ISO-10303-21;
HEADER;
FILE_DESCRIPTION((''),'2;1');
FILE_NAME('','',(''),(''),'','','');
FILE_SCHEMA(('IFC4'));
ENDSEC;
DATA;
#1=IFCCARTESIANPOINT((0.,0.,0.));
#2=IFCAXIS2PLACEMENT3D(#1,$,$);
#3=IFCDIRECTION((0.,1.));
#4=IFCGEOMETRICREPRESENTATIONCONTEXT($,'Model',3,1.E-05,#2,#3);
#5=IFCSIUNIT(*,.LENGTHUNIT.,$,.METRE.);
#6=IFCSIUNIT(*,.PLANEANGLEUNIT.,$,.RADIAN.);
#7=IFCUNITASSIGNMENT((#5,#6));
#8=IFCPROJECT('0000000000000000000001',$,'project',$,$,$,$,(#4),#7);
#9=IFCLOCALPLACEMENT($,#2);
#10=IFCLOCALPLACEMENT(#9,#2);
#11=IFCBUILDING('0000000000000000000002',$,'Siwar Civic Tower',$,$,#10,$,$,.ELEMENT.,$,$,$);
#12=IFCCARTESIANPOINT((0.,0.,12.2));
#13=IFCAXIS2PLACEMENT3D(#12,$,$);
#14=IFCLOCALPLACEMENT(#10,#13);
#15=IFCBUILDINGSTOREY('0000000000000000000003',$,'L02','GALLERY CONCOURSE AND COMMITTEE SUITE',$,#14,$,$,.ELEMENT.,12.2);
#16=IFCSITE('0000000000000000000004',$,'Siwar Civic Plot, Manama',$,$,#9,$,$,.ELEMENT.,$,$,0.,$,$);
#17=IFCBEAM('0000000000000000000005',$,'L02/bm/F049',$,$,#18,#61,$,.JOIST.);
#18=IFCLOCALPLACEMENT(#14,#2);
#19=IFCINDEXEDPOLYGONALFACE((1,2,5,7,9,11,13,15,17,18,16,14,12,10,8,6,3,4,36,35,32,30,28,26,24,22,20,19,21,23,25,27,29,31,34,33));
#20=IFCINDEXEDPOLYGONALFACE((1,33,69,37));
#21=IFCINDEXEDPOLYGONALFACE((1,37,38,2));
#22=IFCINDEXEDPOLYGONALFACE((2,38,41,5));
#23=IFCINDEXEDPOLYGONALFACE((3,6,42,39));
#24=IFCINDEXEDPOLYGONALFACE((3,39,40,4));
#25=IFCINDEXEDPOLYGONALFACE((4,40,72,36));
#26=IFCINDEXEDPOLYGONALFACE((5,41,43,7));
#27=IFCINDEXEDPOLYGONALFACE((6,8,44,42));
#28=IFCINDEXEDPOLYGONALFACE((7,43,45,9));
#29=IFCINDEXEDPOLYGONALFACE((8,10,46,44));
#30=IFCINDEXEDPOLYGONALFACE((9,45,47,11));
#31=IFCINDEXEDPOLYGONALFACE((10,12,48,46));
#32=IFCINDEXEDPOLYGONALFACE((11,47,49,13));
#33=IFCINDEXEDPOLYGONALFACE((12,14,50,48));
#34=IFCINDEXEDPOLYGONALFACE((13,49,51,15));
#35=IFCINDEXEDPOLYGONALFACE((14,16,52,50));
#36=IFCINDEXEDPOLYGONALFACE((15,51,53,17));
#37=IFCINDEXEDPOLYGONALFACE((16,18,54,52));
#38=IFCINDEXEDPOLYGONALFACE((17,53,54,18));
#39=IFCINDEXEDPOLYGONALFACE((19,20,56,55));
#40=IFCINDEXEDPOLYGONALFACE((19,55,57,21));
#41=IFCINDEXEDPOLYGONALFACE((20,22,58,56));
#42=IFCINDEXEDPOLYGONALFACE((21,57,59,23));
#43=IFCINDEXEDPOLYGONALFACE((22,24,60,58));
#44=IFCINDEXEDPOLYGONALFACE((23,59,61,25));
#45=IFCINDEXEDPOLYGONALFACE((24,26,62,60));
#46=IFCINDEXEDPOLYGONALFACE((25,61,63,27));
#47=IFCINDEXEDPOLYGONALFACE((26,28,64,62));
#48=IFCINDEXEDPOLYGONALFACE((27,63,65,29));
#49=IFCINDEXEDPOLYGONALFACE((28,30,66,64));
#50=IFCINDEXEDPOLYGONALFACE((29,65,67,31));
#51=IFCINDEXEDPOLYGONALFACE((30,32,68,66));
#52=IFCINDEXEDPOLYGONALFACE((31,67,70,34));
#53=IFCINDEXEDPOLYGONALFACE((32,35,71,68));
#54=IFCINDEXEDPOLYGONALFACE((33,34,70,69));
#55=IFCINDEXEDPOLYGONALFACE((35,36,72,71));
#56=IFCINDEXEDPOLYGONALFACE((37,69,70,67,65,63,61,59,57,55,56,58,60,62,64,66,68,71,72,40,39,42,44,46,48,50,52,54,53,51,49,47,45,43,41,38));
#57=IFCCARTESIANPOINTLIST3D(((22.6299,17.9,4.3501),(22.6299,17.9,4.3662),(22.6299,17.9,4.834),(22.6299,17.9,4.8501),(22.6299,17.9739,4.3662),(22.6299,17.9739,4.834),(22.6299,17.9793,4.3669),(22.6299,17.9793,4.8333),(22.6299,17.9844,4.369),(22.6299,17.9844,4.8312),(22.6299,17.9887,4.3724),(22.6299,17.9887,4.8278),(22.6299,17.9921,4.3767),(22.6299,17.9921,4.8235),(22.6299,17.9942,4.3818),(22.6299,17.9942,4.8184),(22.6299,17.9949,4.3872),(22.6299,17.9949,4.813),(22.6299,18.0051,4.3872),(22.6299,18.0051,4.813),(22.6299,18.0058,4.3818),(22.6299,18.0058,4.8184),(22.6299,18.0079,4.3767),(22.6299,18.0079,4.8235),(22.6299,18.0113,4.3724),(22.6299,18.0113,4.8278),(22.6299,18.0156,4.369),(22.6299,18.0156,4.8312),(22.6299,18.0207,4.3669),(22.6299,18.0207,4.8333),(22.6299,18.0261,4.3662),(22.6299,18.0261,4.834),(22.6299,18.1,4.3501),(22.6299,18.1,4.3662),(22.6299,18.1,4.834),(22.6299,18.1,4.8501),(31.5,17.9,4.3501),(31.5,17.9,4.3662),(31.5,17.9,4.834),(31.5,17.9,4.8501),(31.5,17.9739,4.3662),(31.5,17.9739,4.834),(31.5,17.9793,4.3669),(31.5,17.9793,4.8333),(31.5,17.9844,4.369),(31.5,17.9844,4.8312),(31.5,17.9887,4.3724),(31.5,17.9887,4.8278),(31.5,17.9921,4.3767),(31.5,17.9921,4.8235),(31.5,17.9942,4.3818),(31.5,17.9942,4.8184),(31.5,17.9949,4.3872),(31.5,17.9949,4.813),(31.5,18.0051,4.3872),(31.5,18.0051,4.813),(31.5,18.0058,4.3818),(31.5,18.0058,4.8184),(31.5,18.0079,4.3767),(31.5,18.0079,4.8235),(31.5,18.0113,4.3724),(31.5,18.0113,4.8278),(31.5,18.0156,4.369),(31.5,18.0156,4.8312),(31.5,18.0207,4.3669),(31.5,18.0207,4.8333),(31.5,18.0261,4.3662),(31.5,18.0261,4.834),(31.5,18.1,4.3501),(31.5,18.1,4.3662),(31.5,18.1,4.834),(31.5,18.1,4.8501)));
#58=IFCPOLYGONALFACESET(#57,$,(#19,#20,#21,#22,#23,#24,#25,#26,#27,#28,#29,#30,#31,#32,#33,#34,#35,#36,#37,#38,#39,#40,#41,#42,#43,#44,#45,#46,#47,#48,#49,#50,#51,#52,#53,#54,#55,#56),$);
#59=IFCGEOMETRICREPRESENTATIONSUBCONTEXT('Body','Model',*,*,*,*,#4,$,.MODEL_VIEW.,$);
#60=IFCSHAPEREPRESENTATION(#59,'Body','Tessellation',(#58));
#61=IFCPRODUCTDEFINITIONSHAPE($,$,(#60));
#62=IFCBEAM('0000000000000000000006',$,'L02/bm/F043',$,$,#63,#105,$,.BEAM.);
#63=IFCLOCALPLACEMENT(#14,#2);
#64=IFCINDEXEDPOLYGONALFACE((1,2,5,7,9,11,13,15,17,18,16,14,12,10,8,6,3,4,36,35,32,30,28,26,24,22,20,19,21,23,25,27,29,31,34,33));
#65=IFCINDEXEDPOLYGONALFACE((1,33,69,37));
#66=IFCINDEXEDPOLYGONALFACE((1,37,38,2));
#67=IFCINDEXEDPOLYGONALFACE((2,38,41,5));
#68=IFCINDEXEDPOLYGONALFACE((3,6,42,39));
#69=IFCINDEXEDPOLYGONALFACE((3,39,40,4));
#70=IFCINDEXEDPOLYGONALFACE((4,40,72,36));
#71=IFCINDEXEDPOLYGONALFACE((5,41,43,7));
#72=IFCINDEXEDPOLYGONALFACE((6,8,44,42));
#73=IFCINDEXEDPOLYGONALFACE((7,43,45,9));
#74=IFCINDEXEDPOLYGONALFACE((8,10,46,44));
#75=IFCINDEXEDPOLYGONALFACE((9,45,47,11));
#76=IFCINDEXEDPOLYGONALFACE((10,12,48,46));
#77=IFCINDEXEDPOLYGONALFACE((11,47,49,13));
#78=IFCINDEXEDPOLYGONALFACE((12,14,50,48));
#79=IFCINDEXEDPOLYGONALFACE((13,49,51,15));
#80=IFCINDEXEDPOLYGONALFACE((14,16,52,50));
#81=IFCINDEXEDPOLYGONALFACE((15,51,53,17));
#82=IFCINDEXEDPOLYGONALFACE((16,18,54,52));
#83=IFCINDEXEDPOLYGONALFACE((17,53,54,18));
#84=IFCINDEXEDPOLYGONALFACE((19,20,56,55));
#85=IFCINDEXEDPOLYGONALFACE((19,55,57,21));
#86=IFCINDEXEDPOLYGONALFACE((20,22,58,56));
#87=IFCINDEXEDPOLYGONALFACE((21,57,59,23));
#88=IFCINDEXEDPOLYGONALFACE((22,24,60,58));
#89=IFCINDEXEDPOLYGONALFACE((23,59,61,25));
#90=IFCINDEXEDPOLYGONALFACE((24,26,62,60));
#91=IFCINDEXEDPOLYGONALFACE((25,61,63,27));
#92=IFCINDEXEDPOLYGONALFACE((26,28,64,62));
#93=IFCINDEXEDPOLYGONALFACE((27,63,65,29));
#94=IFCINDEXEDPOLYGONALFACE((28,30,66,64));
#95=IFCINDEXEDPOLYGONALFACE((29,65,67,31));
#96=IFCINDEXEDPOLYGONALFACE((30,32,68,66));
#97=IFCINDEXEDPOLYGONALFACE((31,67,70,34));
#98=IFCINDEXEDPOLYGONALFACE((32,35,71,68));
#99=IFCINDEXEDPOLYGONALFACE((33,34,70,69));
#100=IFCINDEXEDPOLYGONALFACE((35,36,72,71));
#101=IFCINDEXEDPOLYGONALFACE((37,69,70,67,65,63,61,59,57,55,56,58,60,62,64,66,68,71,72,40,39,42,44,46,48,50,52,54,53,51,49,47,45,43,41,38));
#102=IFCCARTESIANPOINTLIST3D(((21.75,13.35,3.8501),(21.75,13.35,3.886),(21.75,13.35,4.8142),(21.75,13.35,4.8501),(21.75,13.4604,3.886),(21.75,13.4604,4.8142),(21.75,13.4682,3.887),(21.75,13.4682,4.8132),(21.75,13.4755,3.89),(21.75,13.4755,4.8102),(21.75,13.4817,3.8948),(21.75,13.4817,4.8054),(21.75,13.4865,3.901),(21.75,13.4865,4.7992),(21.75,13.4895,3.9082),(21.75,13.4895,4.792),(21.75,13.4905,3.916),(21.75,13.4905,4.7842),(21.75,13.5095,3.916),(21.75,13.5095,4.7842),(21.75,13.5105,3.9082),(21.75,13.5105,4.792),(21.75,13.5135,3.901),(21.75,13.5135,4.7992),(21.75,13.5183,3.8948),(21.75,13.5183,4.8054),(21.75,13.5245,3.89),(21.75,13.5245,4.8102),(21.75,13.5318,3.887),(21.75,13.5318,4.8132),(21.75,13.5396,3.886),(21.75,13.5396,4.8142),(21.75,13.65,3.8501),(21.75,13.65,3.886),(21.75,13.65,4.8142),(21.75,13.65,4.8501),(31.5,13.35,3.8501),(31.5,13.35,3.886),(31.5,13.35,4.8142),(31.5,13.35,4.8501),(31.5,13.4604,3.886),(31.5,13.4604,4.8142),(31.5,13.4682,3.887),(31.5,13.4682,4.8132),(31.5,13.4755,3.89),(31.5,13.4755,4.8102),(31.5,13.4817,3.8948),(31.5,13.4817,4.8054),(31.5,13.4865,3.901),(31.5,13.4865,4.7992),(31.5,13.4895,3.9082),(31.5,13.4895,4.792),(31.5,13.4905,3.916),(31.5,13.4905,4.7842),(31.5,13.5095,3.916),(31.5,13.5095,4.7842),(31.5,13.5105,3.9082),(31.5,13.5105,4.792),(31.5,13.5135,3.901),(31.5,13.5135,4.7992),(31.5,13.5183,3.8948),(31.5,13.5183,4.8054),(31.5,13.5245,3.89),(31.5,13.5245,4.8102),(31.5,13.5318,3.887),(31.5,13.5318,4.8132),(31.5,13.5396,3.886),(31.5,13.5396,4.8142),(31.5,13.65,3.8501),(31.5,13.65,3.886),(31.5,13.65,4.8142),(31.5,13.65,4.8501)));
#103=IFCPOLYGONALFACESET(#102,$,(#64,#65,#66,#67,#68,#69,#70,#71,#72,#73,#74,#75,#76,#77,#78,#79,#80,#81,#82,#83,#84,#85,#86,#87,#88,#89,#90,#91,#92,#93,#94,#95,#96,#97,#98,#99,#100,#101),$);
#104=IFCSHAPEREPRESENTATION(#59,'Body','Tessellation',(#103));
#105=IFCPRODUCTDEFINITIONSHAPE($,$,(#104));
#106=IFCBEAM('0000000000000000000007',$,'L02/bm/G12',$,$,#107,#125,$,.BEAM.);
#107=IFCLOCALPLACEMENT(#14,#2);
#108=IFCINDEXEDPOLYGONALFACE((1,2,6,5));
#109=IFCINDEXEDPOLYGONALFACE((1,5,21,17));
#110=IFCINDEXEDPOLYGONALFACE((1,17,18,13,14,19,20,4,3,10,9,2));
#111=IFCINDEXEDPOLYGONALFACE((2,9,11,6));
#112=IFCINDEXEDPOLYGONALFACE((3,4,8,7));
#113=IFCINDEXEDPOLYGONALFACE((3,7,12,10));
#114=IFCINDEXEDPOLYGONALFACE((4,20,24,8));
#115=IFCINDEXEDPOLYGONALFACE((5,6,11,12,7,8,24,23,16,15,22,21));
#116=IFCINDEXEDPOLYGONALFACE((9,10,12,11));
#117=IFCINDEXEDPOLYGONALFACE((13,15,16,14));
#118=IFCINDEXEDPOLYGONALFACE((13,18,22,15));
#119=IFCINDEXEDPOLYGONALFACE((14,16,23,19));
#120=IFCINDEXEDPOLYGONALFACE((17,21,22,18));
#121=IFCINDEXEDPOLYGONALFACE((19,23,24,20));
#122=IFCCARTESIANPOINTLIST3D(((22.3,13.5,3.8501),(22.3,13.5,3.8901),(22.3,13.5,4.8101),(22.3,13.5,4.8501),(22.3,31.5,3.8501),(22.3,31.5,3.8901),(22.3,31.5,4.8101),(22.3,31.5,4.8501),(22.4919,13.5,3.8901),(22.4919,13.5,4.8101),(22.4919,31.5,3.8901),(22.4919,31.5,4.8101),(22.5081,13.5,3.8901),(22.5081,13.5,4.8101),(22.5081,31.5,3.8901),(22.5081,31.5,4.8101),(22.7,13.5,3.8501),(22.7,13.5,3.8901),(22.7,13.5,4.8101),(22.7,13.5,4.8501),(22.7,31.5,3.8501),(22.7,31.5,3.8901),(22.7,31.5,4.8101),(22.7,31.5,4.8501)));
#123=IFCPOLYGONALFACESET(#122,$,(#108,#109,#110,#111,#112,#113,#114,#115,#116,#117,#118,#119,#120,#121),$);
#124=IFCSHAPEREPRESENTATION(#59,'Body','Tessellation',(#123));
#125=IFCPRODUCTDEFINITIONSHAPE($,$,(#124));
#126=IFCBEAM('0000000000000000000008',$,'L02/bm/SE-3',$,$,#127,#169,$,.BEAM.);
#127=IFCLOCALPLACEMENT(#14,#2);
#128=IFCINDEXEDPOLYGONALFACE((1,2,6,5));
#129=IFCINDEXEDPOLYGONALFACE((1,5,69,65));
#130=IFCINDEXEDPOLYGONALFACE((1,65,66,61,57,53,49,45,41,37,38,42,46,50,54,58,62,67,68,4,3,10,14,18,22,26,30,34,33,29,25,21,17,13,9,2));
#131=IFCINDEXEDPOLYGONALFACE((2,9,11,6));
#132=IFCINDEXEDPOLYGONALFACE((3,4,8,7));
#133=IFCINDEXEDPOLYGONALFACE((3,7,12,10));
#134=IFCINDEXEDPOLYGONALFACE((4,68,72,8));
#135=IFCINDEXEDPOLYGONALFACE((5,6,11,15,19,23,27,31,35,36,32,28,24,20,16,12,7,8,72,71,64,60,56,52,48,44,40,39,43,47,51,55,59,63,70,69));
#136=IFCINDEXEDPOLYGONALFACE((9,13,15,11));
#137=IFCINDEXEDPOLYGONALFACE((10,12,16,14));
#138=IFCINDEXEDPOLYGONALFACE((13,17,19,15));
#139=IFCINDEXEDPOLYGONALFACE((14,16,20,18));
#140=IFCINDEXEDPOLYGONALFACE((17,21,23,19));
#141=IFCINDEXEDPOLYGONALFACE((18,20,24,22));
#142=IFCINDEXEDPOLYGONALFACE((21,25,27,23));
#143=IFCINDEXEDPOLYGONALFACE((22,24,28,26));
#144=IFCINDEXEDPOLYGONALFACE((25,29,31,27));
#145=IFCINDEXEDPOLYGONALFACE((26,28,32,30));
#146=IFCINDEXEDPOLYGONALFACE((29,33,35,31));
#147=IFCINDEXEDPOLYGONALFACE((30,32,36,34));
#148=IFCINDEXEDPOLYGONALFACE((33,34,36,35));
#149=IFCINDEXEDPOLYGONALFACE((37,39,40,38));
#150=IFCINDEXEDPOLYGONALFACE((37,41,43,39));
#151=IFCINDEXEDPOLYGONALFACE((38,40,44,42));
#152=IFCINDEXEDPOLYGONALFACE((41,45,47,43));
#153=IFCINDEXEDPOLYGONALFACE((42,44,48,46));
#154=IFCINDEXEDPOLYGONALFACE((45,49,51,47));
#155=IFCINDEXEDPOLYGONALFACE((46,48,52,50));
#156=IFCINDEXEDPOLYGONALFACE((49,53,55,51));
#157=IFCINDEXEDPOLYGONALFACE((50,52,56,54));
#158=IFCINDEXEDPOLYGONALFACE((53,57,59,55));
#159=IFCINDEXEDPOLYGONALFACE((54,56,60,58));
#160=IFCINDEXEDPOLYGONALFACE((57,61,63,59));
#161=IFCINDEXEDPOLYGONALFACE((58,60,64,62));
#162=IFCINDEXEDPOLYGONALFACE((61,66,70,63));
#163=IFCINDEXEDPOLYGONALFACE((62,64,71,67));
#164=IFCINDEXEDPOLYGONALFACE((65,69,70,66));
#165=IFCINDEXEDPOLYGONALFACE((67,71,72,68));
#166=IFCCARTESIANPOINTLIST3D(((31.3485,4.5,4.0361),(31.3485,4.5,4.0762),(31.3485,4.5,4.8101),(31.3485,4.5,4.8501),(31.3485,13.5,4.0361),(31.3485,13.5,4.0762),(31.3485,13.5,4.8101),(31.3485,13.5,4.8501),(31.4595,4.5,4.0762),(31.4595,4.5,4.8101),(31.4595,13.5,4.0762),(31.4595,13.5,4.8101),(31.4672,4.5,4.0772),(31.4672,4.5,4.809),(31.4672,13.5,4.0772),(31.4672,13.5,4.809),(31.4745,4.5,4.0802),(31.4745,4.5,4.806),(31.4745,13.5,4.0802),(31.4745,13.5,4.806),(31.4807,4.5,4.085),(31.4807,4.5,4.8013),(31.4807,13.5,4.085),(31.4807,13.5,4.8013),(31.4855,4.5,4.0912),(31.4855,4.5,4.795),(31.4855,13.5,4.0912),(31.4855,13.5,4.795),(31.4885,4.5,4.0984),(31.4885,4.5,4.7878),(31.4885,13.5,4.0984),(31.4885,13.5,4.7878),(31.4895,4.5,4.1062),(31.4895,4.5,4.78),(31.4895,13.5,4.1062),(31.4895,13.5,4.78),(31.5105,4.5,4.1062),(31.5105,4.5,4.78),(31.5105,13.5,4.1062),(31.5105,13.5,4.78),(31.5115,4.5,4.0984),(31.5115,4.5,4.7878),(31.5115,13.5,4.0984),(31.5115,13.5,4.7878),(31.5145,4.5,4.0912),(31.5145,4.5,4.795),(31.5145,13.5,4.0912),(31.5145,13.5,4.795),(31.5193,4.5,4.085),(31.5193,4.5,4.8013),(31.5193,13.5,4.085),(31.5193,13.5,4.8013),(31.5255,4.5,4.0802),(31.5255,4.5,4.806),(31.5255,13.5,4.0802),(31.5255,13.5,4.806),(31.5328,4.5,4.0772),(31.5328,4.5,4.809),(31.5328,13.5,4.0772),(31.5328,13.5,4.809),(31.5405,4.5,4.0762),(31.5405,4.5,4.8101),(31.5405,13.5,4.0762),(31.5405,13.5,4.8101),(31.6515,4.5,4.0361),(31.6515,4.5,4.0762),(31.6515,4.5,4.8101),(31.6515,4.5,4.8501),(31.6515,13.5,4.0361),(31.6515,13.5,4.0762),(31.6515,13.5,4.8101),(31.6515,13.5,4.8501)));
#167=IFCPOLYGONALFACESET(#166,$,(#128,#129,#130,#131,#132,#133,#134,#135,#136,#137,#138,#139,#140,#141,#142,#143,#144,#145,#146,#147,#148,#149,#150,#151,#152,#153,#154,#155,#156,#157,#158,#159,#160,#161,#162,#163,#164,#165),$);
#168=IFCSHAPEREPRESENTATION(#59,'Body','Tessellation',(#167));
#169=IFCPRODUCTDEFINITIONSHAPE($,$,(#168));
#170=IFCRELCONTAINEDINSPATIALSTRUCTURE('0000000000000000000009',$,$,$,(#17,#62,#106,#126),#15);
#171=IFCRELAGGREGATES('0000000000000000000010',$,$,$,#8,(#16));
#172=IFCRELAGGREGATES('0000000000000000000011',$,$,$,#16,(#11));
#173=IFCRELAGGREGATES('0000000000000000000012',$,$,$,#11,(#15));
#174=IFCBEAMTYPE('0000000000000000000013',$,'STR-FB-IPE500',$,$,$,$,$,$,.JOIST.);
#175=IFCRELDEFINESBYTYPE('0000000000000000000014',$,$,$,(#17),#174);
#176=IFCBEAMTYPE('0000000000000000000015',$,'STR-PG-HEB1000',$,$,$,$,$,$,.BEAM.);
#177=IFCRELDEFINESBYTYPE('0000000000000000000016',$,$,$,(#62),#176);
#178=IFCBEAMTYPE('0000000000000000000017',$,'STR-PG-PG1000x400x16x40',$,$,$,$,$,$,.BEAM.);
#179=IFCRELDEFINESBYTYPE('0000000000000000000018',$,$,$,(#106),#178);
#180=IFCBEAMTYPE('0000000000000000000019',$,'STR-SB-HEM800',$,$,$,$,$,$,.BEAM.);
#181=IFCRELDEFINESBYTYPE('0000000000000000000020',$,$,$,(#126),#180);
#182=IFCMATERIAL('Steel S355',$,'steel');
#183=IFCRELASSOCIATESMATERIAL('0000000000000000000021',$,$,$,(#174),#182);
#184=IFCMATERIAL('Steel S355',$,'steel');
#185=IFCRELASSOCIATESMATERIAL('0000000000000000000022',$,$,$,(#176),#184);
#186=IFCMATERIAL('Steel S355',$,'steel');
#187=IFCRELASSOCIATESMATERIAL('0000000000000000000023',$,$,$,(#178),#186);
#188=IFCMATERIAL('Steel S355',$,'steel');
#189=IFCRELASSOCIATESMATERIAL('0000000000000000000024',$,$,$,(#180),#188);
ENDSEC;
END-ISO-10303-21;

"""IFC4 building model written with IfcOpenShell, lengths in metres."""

from ifc_helpers import new_model, si_unit, direction, frame, origin, origin_2d, place, context, subcontext, project, spatial, i_section, extrude, material, material_profile, profile_set, type_object, element, save


model = new_model("IFC4")

# Units and contexts
model_context = context("Model", 3, precision=1e-05, world=origin(), true_north=direction((0.0, 1.0)))
body_context = subcontext(model_context, "Body", "Model", "MODEL_VIEW")
ifc_project = project(units=[si_unit("LENGTHUNIT", "METRE"), si_unit("PLANEANGLEUNIT", "RADIAN")], contexts=[model_context])

# Site, building, storey
site_placement = place(None, origin())
site = spatial("IfcSite", under=ifc_project, at=site_placement, Name="Siwar Civic Plot, Manama", CompositionType="ELEMENT", RefElevation=0.0)
building_placement = place(site_placement, origin())
building = spatial("IfcBuilding", under=site, at=building_placement, Name="Siwar Civic Tower", CompositionType="ELEMENT")
storey_placement = place(building_placement, frame((0.0, 0.0, 12.2)))
storey = spatial("IfcBuildingStorey", under=building, at=storey_placement, Name="L02", Description="GALLERY CONCOURSE AND COMMITTEE SUITE", CompositionType="ELEMENT", Elevation=12.2)

# Beams
ifc_material_1 = material(Name="Steel S355", Category="steel")
ifc_material_profile_1 = material_profile(ifc_material_1, i_section(OverallWidth=0.2, OverallDepth=0.5, WebThickness=0.0103, FlangeThickness=0.0161, FilletRadius=0.021, at=origin_2d()), Name="IPE500")
ifc_profile_set_1 = profile_set([ifc_material_profile_1], Name="Steel S355")
beam_type_1 = type_object("IfcBeamType", Name="STR-FB-IPE500", PredefinedType="JOIST", material=ifc_profile_set_1)
beam_1_placement = place(storey_placement, frame((22.6299, 18.0, 4.6001), z_axis=(1.0, 0.0, 0.0), x_axis=(0.0, 1.0, 0.0)))
element("IfcBeam", 1, at=beam_1_placement, inside=storey, type_object=beam_type_1, Name="L02/bm/F049", PredefinedType="JOIST", context=body_context, shape_type="SweptSolid", body=[
    extrude(i_section(OverallWidth=0.2, OverallDepth=0.5, WebThickness=0.0103, FlangeThickness=0.0161, FilletRadius=0.021, at=origin_2d()), origin(), (0.0, 0.0, 1.0), 8.8701),
])
ifc_material_2 = material(Name="Steel S355", Category="steel")
ifc_material_profile_2 = material_profile(ifc_material_2, i_section(OverallWidth=0.3, OverallDepth=1.0, WebThickness=0.019, FlangeThickness=0.0359, FilletRadius=0.03, at=origin_2d()), Name="HEB1000")
ifc_profile_set_2 = profile_set([ifc_material_profile_2], Name="Steel S355")
beam_type_2 = type_object("IfcBeamType", Name="STR-PG-HEB1000", PredefinedType="BEAM", material=ifc_profile_set_2)
beam_2_placement = place(storey_placement, frame((21.75, 13.5, 4.3501), z_axis=(1.0, 0.0, 0.0), x_axis=(0.0, 1.0, 0.0)))
element("IfcBeam", 2, at=beam_2_placement, inside=storey, type_object=beam_type_2, Name="L02/bm/F043", PredefinedType="BEAM", context=body_context, shape_type="SweptSolid", body=[
    extrude(i_section(OverallWidth=0.3, OverallDepth=1.0, WebThickness=0.019, FlangeThickness=0.0359, FilletRadius=0.03, at=origin_2d()), origin(), (0.0, 0.0, 1.0), 9.75),
])
ifc_material_3 = material(Name="Steel S355", Category="steel")
ifc_material_profile_3 = material_profile(ifc_material_3, i_section(OverallWidth=0.3999, OverallDepth=1.0, WebThickness=0.0161, FlangeThickness=0.04, at=origin_2d()), Name="PG1000x400x16x40")
ifc_profile_set_3 = profile_set([ifc_material_profile_3], Name="Steel S355")
beam_type_3 = type_object("IfcBeamType", Name="STR-PG-PG1000x400x16x40", PredefinedType="BEAM", material=ifc_profile_set_3)
beam_3_placement = place(storey_placement, frame((22.5, 13.5, 4.3501), z_axis=(0.0, 1.0, 0.0), x_axis=(-1.0, 0.0, 0.0)))
element("IfcBeam", 3, at=beam_3_placement, inside=storey, type_object=beam_type_3, Name="L02/bm/G12", PredefinedType="BEAM", context=body_context, shape_type="SweptSolid", body=[
    extrude(i_section(OverallWidth=0.3999, OverallDepth=1.0, WebThickness=0.0161, FlangeThickness=0.04, at=origin_2d()), origin(), (0.0, 0.0, 1.0), 18.0),
])
ifc_material_4 = material(Name="Steel S355", Category="steel")
ifc_material_profile_4 = material_profile(ifc_material_4, i_section(OverallWidth=0.303, OverallDepth=0.814, WebThickness=0.021, FlangeThickness=0.04, FilletRadius=0.03, at=origin_2d()), Name="HEM800")
ifc_profile_set_4 = profile_set([ifc_material_profile_4], Name="Steel S355")
beam_type_4 = type_object("IfcBeamType", Name="STR-SB-HEM800", PredefinedType="BEAM", material=ifc_profile_set_4)
for number, where, z_axis, x_axis, name in (
    (4, (31.5, 4.5, 4.4431), (0.0, 1.0, 0.0), (-1.0, 0.0, 0.0), "L02/bm/SE-3"),
):
    element("IfcBeam", number, at=place(storey_placement, frame(where, z_axis=z_axis, x_axis=x_axis)), inside=storey, type_object=beam_type_4, Name=name, PredefinedType="BEAM", context=body_context, shape_type="SweptSolid", body=[
        extrude(i_section(OverallWidth=0.303, OverallDepth=0.814, WebThickness=0.021, FlangeThickness=0.04, FilletRadius=0.03, at=origin_2d()), origin(), (0.0, 0.0, 1.0), 9.0),
    ])

save(model, "model.ifc")
